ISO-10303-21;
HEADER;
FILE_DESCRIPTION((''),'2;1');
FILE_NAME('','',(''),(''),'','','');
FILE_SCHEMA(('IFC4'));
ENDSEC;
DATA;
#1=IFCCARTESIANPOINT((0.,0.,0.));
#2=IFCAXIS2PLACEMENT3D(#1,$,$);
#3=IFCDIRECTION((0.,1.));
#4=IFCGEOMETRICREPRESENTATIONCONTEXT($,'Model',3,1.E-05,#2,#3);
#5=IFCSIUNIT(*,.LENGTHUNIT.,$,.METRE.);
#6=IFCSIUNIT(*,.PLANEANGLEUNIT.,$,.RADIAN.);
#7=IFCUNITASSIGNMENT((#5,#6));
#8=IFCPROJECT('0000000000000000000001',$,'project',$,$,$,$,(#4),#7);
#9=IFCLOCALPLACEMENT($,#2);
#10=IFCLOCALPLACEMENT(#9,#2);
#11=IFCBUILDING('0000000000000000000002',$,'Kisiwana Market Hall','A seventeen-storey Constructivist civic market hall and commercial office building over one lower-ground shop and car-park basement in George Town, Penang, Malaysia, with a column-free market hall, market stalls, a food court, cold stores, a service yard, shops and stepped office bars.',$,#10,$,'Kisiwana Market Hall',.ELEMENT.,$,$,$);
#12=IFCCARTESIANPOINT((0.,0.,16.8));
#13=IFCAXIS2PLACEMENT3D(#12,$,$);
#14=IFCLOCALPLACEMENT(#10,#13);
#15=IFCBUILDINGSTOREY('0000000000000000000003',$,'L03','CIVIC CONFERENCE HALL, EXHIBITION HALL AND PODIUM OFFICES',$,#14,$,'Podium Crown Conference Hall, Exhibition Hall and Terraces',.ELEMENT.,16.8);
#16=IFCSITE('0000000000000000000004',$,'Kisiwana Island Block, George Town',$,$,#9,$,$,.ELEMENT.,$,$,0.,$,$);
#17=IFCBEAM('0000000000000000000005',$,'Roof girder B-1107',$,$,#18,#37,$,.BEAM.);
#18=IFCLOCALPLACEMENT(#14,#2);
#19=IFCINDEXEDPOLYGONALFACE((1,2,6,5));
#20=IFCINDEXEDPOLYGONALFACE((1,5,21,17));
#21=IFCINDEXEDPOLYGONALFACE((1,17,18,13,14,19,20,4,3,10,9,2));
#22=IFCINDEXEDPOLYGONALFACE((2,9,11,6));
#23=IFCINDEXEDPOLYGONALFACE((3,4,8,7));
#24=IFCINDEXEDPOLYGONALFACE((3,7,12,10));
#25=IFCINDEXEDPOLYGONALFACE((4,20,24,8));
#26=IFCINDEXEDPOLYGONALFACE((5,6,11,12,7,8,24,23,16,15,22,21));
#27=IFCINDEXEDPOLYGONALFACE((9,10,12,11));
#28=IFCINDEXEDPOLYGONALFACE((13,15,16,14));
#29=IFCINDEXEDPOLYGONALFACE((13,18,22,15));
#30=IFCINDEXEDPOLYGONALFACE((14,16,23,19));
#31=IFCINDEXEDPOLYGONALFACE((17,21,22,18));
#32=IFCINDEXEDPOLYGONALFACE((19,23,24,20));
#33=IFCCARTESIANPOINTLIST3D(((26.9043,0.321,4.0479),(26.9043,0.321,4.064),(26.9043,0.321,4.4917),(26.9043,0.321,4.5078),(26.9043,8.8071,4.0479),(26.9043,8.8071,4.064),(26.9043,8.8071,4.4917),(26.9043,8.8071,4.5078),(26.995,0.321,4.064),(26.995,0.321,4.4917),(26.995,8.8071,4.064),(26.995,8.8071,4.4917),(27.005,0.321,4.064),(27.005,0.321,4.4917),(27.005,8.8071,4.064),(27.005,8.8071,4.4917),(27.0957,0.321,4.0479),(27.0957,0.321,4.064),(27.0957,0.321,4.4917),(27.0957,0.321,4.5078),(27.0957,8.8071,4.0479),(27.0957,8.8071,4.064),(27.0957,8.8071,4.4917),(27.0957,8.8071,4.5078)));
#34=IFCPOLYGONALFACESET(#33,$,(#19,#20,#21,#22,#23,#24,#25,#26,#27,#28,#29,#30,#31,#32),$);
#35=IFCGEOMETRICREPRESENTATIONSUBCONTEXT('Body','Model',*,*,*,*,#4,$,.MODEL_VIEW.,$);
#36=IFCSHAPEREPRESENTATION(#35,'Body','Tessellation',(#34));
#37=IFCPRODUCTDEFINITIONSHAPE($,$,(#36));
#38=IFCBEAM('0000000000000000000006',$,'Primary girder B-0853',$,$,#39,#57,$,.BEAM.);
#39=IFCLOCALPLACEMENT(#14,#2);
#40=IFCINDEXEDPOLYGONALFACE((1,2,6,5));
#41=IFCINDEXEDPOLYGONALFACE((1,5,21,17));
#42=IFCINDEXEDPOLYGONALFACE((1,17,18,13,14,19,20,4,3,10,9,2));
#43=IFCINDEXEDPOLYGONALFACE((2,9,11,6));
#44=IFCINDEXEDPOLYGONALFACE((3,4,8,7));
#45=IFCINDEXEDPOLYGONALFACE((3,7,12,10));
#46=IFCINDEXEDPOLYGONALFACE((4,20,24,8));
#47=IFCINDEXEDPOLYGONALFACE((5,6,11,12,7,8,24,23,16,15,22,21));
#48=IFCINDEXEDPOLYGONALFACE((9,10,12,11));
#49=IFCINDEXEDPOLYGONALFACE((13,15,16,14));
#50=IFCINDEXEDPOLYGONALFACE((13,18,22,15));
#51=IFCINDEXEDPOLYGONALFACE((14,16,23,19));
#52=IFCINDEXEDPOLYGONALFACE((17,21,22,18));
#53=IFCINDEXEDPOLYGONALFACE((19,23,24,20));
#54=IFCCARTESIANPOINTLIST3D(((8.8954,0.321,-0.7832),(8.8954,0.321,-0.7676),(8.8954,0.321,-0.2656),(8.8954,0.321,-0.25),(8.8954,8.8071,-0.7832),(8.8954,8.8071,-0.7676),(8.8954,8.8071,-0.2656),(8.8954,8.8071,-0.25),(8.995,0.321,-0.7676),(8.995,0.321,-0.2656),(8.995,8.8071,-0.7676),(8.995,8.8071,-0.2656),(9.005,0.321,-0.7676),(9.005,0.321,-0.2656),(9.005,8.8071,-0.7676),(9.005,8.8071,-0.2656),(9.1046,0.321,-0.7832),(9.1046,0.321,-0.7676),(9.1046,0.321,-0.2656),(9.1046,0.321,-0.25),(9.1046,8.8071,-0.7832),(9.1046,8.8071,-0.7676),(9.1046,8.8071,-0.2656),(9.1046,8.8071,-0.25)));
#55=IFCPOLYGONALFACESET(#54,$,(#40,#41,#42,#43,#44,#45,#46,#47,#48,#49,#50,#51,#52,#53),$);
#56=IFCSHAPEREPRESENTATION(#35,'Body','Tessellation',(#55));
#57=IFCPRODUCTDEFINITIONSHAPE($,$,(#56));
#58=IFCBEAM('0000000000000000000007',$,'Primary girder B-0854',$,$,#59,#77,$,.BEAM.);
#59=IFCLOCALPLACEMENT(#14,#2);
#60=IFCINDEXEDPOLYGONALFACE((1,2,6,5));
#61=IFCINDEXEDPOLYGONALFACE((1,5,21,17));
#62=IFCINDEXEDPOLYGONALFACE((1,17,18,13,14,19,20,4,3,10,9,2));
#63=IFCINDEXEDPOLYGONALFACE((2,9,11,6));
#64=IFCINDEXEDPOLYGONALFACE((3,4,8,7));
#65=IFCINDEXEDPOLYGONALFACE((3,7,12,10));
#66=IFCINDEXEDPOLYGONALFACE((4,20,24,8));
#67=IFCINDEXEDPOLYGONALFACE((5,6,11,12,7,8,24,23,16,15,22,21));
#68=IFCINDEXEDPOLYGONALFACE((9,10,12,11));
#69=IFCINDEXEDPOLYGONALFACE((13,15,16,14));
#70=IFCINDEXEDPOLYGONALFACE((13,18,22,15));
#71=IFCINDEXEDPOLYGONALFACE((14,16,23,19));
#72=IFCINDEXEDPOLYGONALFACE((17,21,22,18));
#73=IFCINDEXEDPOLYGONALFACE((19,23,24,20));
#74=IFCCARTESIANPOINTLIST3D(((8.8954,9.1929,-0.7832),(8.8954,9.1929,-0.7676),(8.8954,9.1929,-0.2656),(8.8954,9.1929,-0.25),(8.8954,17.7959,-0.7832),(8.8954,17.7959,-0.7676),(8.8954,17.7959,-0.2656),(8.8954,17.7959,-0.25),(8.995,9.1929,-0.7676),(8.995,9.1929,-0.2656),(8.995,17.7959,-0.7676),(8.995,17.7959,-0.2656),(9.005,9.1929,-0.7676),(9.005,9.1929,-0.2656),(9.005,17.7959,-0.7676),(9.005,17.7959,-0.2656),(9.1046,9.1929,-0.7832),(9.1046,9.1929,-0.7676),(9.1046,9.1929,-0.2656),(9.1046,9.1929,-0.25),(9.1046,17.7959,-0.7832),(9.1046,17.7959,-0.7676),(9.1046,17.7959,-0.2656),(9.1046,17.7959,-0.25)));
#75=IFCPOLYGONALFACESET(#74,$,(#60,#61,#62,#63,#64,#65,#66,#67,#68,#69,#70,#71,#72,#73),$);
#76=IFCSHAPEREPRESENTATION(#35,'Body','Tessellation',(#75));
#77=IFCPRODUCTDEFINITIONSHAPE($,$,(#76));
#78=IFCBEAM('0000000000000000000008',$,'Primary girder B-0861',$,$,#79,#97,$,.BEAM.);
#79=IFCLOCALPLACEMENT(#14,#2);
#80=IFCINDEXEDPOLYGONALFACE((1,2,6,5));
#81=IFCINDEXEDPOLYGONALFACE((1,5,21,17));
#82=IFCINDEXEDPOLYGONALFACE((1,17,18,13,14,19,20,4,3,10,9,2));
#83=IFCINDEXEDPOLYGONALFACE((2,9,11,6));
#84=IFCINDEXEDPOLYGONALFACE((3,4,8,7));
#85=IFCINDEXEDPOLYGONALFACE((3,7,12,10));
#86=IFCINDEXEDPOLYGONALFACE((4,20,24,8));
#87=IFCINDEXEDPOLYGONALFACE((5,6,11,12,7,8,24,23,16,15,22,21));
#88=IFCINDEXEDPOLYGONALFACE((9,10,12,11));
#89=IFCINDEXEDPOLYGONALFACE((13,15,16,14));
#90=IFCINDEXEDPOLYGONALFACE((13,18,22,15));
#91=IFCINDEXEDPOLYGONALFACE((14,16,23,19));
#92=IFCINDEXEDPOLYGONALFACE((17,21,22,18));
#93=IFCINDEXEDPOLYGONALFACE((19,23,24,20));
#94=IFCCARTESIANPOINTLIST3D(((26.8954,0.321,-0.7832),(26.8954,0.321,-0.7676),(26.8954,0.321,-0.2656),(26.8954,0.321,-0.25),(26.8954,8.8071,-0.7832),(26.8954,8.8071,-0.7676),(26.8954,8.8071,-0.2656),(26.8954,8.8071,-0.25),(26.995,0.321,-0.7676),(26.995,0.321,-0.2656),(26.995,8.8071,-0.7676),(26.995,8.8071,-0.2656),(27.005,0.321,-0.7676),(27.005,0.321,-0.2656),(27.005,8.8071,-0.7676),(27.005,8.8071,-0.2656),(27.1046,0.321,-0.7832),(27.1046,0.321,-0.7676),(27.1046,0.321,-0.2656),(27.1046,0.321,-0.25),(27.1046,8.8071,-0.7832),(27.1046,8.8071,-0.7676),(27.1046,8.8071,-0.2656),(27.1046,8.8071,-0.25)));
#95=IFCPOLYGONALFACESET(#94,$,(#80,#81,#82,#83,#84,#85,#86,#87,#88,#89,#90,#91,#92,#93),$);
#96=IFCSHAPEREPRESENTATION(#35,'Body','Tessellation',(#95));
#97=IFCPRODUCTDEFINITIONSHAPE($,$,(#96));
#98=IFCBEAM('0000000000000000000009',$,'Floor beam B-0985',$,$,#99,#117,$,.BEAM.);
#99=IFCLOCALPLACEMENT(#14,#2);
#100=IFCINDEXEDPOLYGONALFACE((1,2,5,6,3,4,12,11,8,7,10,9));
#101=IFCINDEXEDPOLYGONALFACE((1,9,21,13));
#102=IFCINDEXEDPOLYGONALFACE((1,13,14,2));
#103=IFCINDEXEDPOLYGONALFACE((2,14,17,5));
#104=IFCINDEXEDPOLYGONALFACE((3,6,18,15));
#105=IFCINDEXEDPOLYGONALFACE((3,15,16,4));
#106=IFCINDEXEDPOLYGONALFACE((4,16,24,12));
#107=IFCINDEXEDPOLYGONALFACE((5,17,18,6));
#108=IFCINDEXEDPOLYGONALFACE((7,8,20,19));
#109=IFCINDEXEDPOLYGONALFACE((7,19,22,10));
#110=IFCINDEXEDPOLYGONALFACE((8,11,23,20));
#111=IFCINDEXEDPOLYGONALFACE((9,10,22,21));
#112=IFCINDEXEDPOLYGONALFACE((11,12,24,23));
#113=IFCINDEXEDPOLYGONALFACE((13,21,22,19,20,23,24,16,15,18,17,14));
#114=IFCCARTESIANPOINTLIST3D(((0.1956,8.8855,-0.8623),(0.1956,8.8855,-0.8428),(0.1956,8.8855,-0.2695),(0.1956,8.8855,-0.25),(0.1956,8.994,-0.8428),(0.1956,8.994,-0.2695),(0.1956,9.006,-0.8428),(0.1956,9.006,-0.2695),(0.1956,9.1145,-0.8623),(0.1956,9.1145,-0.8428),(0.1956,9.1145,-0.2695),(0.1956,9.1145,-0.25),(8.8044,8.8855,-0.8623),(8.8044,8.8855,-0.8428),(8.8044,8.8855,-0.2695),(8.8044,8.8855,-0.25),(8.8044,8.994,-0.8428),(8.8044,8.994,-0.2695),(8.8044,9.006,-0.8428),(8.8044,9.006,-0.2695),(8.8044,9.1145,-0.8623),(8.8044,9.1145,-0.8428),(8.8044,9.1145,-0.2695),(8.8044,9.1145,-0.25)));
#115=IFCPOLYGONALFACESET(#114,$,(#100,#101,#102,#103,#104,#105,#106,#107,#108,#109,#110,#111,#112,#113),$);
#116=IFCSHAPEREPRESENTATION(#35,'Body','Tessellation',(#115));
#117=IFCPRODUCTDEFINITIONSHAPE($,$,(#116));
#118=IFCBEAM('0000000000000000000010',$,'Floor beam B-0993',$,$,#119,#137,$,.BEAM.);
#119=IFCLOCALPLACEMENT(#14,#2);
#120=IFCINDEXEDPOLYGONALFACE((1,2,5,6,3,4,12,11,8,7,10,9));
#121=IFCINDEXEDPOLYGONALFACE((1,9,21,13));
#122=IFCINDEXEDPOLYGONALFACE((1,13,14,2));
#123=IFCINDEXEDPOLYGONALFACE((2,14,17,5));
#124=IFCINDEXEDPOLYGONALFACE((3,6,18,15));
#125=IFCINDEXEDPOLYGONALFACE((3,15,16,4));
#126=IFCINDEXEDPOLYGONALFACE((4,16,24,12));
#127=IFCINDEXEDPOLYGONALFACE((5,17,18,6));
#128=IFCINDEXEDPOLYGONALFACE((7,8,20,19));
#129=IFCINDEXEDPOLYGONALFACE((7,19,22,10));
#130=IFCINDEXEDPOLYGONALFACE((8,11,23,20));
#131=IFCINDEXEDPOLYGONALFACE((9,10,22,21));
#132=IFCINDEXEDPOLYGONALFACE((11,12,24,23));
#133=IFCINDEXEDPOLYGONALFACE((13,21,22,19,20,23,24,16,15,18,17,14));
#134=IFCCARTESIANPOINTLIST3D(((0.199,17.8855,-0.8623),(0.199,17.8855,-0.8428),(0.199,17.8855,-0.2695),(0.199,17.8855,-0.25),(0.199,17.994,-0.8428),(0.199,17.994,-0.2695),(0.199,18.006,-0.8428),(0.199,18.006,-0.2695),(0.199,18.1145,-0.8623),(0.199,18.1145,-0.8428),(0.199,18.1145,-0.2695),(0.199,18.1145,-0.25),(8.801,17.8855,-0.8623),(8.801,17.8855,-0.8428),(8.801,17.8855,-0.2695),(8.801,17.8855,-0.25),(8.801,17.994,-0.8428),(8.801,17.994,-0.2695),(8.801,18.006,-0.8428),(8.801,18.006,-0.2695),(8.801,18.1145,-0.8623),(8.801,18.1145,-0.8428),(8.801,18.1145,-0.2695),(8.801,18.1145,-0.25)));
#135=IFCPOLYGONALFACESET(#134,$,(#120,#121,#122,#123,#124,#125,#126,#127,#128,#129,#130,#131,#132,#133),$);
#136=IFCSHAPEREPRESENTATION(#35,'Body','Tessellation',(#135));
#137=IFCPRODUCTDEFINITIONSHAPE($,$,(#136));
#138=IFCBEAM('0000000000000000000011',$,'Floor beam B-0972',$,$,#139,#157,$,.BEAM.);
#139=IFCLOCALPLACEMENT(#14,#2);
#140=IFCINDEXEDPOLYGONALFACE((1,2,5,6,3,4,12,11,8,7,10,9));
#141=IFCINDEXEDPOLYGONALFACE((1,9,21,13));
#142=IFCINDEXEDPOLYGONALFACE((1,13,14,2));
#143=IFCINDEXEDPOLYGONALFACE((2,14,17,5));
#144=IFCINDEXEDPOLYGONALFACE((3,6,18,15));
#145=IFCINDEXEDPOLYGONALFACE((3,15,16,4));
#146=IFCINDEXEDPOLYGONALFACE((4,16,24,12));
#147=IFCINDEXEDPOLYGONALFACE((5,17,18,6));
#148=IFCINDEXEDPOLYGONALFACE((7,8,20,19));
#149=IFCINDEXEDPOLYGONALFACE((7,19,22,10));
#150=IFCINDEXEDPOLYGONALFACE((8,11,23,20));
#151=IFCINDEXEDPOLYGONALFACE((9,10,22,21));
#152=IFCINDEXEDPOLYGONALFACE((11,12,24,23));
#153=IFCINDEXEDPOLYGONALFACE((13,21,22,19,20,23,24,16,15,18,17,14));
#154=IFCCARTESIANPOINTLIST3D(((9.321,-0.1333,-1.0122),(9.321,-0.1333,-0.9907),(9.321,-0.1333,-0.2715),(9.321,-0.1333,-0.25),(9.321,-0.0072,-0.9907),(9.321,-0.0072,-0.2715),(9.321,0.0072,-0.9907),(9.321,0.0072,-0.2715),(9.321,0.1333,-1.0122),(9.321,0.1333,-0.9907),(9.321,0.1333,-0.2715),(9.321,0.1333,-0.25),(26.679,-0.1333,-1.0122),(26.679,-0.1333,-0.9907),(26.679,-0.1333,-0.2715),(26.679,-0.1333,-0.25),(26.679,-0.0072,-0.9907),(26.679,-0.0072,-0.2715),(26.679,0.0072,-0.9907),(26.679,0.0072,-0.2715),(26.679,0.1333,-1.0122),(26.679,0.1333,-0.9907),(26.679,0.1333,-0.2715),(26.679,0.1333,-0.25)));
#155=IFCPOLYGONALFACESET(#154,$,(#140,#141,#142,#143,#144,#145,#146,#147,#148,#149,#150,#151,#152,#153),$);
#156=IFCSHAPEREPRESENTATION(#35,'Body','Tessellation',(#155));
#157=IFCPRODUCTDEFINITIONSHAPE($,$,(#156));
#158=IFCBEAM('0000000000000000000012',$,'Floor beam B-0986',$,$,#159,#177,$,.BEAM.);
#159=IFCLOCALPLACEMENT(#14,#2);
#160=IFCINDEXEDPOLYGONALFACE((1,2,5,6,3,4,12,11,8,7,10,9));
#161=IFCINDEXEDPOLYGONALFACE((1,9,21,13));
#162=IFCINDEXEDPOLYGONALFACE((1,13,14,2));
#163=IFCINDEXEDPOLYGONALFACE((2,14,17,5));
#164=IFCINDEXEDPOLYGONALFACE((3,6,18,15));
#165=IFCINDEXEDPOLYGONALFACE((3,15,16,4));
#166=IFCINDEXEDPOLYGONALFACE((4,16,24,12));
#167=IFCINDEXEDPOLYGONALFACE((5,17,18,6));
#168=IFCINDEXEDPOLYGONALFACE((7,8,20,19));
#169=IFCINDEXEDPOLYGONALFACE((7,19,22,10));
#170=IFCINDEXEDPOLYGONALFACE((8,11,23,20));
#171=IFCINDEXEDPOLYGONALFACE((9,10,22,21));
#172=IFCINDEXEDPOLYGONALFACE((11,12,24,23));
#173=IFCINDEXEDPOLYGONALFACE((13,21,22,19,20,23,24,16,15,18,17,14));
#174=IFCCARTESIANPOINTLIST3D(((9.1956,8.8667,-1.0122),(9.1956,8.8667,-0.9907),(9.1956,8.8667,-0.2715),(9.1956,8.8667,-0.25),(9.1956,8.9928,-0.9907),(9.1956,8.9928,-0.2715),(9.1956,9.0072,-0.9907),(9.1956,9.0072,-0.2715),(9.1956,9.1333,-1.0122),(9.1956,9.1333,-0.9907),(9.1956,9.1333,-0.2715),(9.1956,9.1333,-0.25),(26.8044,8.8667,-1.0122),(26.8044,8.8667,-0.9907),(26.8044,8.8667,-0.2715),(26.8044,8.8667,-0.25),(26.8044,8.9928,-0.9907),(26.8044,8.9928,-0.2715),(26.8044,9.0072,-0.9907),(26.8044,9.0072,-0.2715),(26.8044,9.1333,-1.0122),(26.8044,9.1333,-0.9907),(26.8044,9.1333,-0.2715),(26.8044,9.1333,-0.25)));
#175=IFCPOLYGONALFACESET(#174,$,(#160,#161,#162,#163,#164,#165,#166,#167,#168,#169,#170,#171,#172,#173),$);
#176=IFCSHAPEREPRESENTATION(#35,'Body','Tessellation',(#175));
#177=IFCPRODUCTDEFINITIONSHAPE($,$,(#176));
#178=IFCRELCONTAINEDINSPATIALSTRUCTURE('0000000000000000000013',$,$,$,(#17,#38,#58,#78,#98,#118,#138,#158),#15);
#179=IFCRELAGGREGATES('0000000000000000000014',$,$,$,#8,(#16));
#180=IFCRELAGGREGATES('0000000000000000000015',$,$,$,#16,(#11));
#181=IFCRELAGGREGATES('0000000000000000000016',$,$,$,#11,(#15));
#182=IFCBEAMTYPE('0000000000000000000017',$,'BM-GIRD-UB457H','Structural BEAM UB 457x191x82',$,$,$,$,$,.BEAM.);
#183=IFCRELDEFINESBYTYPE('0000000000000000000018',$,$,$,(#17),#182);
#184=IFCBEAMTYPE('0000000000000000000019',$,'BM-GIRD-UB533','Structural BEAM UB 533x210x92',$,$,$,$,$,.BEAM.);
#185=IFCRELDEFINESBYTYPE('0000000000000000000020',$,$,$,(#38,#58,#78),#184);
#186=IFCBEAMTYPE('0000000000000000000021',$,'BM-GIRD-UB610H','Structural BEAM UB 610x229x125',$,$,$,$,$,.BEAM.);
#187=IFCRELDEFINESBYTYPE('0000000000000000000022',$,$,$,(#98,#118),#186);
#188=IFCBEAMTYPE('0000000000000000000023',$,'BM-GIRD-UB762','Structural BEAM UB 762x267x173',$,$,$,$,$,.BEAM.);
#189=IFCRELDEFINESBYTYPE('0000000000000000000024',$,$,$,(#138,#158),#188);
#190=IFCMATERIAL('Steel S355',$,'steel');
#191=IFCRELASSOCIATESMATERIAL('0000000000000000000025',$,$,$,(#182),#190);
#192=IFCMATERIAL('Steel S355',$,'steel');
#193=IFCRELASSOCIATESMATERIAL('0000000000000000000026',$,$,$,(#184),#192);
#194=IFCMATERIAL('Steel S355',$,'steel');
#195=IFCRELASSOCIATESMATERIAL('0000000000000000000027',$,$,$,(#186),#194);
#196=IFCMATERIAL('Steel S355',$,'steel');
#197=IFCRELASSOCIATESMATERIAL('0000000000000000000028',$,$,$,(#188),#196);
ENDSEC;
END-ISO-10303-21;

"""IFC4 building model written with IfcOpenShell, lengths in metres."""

from ifc_helpers import new_model, si_unit, direction, frame, origin, origin_2d, place, context, subcontext, project, spatial, i_section, extrude, material, material_profile, profile_set, type_object, element, save


model = new_model("IFC4")

# Units and contexts
model_context = context("Model", 3, precision=1e-05, world=origin(), true_north=direction((0.0, 1.0)))
body_context = subcontext(model_context, "Body", "Model", "MODEL_VIEW")
ifc_project = project(units=[si_unit("LENGTHUNIT", "METRE"), si_unit("PLANEANGLEUNIT", "RADIAN")], contexts=[model_context])

# Site, building, storey
site_placement = place(None, origin())
site = spatial("IfcSite", under=ifc_project, at=site_placement, Name="Kisiwana Island Block, George Town", CompositionType="ELEMENT", RefElevation=0.0)
building_placement = place(site_placement, origin())
building = spatial("IfcBuilding", under=site, at=building_placement, Name="Kisiwana Market Hall", Description="A seventeen-storey Constructivist civic market hall and commercial office building over one lower-ground shop and car-park basement in George Town, Penang, Malaysia, with a column-free market hall, market stalls, a food court, cold stores, a service yard, shops and stepped office bars.", LongName="Kisiwana Market Hall", CompositionType="ELEMENT")
storey_placement = place(building_placement, frame((0.0, 0.0, 16.8)))
storey = spatial("IfcBuildingStorey", under=building, at=storey_placement, Name="L03", Description="CIVIC CONFERENCE HALL, EXHIBITION HALL AND PODIUM OFFICES", LongName="Podium Crown Conference Hall, Exhibition Hall and Terraces", CompositionType="ELEMENT", Elevation=16.8)

# Beams
ifc_material_1 = material(Name="Steel S355", Category="steel")
ifc_material_profile_1 = material_profile(ifc_material_1, i_section(OverallWidth=0.1914, OverallDepth=0.46, WebThickness=0.01, FlangeThickness=0.0161, at=origin_2d()), Name="UB 457x191x82")
ifc_profile_set_1 = profile_set([ifc_material_profile_1], Name="Steel S355")
beam_type_1 = type_object("IfcBeamType", Name="BM-GIRD-UB457H", Description="Structural BEAM UB 457x191x82", PredefinedType="BEAM", material=ifc_profile_set_1)
for number, where, z_axis, x_axis, name in (
    (1, (27.0, 0.321, 4.2778), (0.0, 1.0, 0.0), (-1.0, 0.0, 0.0), "Roof girder B-1107"),
):
    element("IfcBeam", number, at=place(storey_placement, frame(where, z_axis=z_axis, x_axis=x_axis)), inside=storey, type_object=beam_type_1, Name=name, PredefinedType="BEAM", context=body_context, shape_type="SweptSolid", body=[
        extrude(i_section(OverallWidth=0.1914, OverallDepth=0.46, WebThickness=0.01, FlangeThickness=0.0161, at=origin_2d()), origin(), (0.0, 0.0, 1.0), 8.4861),
    ])
ifc_material_2 = material(Name="Steel S355", Category="steel")
ifc_material_profile_2 = material_profile(ifc_material_2, i_section(OverallWidth=0.2092, OverallDepth=0.5332, WebThickness=0.01, FlangeThickness=0.0156, at=origin_2d()), Name="UB 533x210x92")
ifc_profile_set_2 = profile_set([ifc_material_profile_2], Name="Steel S355")
beam_type_2 = type_object("IfcBeamType", Name="BM-GIRD-UB533", Description="Structural BEAM UB 533x210x92", PredefinedType="BEAM", material=ifc_profile_set_2)
beam_1_placement = place(storey_placement, frame((9.0, 0.321, -0.5166), z_axis=(0.0, 1.0, 0.0), x_axis=(-1.0, 0.0, 0.0)))
element("IfcBeam", 2, at=beam_1_placement, inside=storey, type_object=beam_type_2, Name="Primary girder B-0853", PredefinedType="BEAM", context=body_context, shape_type="SweptSolid", body=[
    extrude(i_section(OverallWidth=0.2092, OverallDepth=0.5332, WebThickness=0.01, FlangeThickness=0.0156, at=origin_2d()), origin(), (0.0, 0.0, 1.0), 8.4861),
])
beam_2_placement = place(storey_placement, frame((9.0, 9.1929, -0.5166), z_axis=(0.0, 1.0, 0.0), x_axis=(-1.0, 0.0, 0.0)))
element("IfcBeam", 3, at=beam_2_placement, inside=storey, type_object=beam_type_2, Name="Primary girder B-0854", PredefinedType="BEAM", context=body_context, shape_type="SweptSolid", body=[
    extrude(i_section(OverallWidth=0.2092, OverallDepth=0.5332, WebThickness=0.01, FlangeThickness=0.0156, at=origin_2d()), origin(), (0.0, 0.0, 1.0), 8.603),
])
beam_3_placement = place(storey_placement, frame((27.0, 0.321, -0.5166), z_axis=(0.0, 1.0, 0.0), x_axis=(-1.0, 0.0, 0.0)))
element("IfcBeam", 4, at=beam_3_placement, inside=storey, type_object=beam_type_2, Name="Primary girder B-0861", PredefinedType="BEAM", context=body_context, shape_type="SweptSolid", body=[
    extrude(i_section(OverallWidth=0.2092, OverallDepth=0.5332, WebThickness=0.01, FlangeThickness=0.0156, at=origin_2d()), origin(), (0.0, 0.0, 1.0), 8.4861),
])
ifc_material_3 = material(Name="Steel S355", Category="steel")
ifc_material_profile_3 = material_profile(ifc_material_3, i_section(OverallWidth=0.229, OverallDepth=0.6123, WebThickness=0.012, FlangeThickness=0.0195, at=origin_2d()), Name="UB 610x229x125")
ifc_profile_set_3 = profile_set([ifc_material_profile_3], Name="Steel S355")
beam_type_3 = type_object("IfcBeamType", Name="BM-GIRD-UB610H", Description="Structural BEAM UB 610x229x125", PredefinedType="BEAM", material=ifc_profile_set_3)
beam_4_placement = place(storey_placement, frame((0.1956, 9.0, -0.5562), z_axis=(1.0, 0.0, 0.0), x_axis=(0.0, 1.0, 0.0)))
element("IfcBeam", 5, at=beam_4_placement, inside=storey, type_object=beam_type_3, Name="Floor beam B-0985", PredefinedType="BEAM", context=body_context, shape_type="SweptSolid", body=[
    extrude(i_section(OverallWidth=0.229, OverallDepth=0.6123, WebThickness=0.012, FlangeThickness=0.0195, at=origin_2d()), origin(), (0.0, 0.0, 1.0), 8.6089),
])
beam_5_placement = place(storey_placement, frame((0.199, 18.0, -0.5562), z_axis=(1.0, 0.0, 0.0), x_axis=(0.0, 1.0, 0.0)))
element("IfcBeam", 6, at=beam_5_placement, inside=storey, type_object=beam_type_3, Name="Floor beam B-0993", PredefinedType="BEAM", context=body_context, shape_type="SweptSolid", body=[
    extrude(i_section(OverallWidth=0.229, OverallDepth=0.6123, WebThickness=0.012, FlangeThickness=0.0195, at=origin_2d()), origin(), (0.0, 0.0, 1.0), 8.6021),
])
ifc_material_4 = material(Name="Steel S355", Category="steel")
ifc_material_profile_4 = material_profile(ifc_material_4, i_section(OverallWidth=0.2666, OverallDepth=0.7622, WebThickness=0.0144, FlangeThickness=0.0215, at=origin_2d()), Name="UB 762x267x173")
ifc_profile_set_4 = profile_set([ifc_material_profile_4], Name="Steel S355")
beam_type_4 = type_object("IfcBeamType", Name="BM-GIRD-UB762", Description="Structural BEAM UB 762x267x173", PredefinedType="BEAM", material=ifc_profile_set_4)
beam_6_placement = place(storey_placement, frame((9.321, 0.0, -0.6311), z_axis=(1.0, 0.0, 0.0), x_axis=(0.0, 1.0, 0.0)))
element("IfcBeam", 7, at=beam_6_placement, inside=storey, type_object=beam_type_4, Name="Floor beam B-0972", PredefinedType="BEAM", context=body_context, shape_type="SweptSolid", body=[
    extrude(i_section(OverallWidth=0.2666, OverallDepth=0.7622, WebThickness=0.0144, FlangeThickness=0.0215, at=origin_2d()), origin(), (0.0, 0.0, 1.0), 17.3579),
])
beam_7_placement = place(storey_placement, frame((9.1956, 9.0, -0.6311), z_axis=(1.0, 0.0, 0.0), x_axis=(0.0, 1.0, 0.0)))
element("IfcBeam", 8, at=beam_7_placement, inside=storey, type_object=beam_type_4, Name="Floor beam B-0986", PredefinedType="BEAM", context=body_context, shape_type="SweptSolid", body=[
    extrude(i_section(OverallWidth=0.2666, OverallDepth=0.7622, WebThickness=0.0144, FlangeThickness=0.0215, at=origin_2d()), origin(), (0.0, 0.0, 1.0), 17.6089),
])

save(model, "model.ifc")
